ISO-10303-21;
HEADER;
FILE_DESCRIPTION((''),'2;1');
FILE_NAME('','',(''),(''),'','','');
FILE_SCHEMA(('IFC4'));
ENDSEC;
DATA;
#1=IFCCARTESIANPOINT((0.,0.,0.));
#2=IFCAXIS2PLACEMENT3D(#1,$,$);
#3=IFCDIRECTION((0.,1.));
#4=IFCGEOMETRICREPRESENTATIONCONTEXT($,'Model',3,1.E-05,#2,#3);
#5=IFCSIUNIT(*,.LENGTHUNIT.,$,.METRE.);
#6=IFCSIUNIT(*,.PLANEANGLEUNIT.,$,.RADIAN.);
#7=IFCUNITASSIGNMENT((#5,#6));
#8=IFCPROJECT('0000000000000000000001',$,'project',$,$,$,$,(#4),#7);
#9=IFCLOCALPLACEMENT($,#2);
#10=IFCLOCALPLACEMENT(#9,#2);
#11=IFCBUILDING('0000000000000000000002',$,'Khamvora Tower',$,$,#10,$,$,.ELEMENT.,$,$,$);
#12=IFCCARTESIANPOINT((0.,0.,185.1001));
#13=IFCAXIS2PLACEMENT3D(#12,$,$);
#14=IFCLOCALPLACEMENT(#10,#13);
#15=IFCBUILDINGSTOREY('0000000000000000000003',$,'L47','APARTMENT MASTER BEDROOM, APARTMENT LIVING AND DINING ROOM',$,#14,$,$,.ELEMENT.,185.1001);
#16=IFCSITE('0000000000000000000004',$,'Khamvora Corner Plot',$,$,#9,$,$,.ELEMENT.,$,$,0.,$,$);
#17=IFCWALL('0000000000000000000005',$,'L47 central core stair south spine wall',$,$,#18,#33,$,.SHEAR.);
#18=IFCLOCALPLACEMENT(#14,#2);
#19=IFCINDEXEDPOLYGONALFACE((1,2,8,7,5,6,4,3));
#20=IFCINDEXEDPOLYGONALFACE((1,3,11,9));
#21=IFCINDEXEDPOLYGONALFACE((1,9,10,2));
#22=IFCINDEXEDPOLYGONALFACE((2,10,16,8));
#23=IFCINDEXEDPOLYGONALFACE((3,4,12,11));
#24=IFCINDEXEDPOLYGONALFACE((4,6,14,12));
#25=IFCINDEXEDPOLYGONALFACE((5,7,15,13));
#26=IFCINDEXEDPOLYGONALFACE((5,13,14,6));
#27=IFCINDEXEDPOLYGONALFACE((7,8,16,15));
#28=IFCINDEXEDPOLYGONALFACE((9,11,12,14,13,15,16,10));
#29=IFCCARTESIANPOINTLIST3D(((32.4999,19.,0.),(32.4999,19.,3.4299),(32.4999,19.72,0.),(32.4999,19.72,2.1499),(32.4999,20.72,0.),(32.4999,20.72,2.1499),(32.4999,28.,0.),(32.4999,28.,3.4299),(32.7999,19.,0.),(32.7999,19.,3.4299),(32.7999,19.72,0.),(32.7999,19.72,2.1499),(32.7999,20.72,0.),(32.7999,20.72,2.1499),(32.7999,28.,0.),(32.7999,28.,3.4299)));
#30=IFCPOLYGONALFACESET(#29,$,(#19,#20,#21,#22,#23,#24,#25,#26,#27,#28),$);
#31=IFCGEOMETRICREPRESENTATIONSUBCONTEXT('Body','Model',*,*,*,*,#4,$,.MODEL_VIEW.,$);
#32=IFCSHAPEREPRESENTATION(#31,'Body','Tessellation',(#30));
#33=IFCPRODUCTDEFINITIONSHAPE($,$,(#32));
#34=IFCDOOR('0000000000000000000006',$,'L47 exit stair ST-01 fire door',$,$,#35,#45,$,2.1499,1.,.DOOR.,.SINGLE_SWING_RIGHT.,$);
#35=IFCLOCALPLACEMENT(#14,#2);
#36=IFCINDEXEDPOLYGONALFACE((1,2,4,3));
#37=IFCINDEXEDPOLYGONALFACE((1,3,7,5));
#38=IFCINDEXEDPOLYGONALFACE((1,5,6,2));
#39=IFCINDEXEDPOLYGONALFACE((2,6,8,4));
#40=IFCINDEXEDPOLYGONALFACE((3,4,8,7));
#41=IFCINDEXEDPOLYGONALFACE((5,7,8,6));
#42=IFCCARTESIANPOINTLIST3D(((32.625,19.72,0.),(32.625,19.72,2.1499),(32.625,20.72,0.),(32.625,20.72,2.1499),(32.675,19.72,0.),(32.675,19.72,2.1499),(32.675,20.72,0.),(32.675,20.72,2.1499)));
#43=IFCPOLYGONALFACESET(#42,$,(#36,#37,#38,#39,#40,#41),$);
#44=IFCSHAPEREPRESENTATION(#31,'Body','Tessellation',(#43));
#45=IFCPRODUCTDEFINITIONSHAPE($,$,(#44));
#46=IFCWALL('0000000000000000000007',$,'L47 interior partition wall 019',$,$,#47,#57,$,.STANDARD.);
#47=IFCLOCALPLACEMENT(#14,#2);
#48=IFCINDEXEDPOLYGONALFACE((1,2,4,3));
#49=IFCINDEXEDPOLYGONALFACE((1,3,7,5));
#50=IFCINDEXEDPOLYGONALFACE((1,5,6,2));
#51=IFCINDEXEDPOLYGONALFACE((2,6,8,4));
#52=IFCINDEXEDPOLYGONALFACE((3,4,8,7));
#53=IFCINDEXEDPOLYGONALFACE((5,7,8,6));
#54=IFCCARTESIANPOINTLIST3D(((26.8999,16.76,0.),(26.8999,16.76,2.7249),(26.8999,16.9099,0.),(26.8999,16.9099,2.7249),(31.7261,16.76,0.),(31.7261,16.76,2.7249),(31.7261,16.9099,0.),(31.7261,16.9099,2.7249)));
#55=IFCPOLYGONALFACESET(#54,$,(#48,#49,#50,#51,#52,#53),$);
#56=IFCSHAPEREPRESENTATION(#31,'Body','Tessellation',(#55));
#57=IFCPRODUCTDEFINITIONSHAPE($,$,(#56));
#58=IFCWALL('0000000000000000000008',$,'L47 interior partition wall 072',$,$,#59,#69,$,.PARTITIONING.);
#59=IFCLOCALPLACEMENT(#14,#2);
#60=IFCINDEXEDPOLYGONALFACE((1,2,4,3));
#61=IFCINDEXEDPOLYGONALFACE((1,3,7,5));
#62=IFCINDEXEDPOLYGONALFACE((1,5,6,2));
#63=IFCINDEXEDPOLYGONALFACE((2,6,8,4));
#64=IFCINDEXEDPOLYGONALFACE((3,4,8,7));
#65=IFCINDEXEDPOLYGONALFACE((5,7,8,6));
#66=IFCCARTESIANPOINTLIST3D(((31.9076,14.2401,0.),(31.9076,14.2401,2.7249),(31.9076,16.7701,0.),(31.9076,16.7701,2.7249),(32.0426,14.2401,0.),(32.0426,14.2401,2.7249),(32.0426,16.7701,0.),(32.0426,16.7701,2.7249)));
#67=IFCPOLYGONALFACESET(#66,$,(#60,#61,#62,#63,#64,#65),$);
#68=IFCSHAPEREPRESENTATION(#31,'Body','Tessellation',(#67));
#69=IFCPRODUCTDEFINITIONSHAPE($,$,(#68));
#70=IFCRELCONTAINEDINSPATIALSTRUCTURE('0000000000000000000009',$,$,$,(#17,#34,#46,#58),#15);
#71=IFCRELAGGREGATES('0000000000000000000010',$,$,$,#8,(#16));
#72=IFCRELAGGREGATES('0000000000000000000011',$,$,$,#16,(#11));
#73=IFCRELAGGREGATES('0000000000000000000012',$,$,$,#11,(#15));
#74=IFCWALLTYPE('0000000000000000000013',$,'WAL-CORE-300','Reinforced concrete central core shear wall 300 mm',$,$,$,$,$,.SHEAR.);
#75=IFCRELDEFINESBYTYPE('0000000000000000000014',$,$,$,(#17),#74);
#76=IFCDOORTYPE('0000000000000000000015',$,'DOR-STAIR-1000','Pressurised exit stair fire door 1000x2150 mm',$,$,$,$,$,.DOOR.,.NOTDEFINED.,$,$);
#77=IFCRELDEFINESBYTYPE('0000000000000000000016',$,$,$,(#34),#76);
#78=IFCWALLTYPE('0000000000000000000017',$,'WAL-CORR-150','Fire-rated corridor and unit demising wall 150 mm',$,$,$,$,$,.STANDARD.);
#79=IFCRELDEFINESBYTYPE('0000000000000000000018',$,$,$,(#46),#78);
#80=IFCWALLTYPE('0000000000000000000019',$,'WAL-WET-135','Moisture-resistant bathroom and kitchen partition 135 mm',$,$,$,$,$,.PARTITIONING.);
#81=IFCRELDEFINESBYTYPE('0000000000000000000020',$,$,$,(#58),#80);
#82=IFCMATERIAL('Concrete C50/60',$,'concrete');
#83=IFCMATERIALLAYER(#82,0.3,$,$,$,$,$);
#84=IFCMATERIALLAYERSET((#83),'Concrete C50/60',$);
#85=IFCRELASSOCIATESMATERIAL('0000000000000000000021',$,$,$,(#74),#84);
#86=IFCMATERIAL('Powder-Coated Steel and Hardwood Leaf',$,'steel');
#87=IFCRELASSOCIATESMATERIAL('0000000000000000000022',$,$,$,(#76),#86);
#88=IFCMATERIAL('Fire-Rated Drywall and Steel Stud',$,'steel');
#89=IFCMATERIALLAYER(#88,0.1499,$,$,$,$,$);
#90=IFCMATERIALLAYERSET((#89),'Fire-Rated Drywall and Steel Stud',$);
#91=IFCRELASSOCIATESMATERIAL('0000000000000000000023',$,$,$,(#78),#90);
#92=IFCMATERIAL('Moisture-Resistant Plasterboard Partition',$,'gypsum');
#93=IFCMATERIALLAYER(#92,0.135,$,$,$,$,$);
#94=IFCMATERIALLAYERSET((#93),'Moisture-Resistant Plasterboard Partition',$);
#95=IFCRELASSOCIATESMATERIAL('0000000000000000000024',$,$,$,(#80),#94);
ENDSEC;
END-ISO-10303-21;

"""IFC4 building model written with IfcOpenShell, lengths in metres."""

from ifc_helpers import new_model, si_unit, direction, frame, frame_2d, origin, place, context, subcontext, project, spatial, rectangle, extrude, material, layer, layer_set, type_object, element, fill, save


model = new_model("IFC4")

# Units and contexts
model_context = context("Model", 3, precision=1e-05, world=origin(), true_north=direction((0.0, 1.0)))
body_context = subcontext(model_context, "Body", "Model", "MODEL_VIEW")
ifc_project = project(units=[si_unit("LENGTHUNIT", "METRE"), si_unit("PLANEANGLEUNIT", "RADIAN")], contexts=[model_context])

# Site, building, storey
site_placement = place(None, origin())
site = spatial("IfcSite", under=ifc_project, at=site_placement, Name="Khamvora Corner Plot", CompositionType="ELEMENT", RefElevation=0.0)
building_placement = place(site_placement, origin())
building = spatial("IfcBuilding", under=site, at=building_placement, Name="Khamvora Tower", CompositionType="ELEMENT")
storey_placement = place(building_placement, frame((0.0, 0.0, 185.1001)))
storey = spatial("IfcBuildingStorey", under=building, at=storey_placement, Name="L47", Description="APARTMENT MASTER BEDROOM, APARTMENT LIVING AND DINING ROOM", CompositionType="ELEMENT", Elevation=185.1001)

# Shared definitions
ifc_material_1 = material(Name="Concrete C50/60", Category="concrete")
ifc_layer_1 = layer(ifc_material_1, 0.3)
ifc_layer_set_1 = layer_set([ifc_layer_1], Name="Concrete C50/60")
wall_type_1 = type_object("IfcWallType", Name="WAL-CORE-300", Description="Reinforced concrete central core shear wall 300 mm", PredefinedType="SHEAR", material=ifc_layer_set_1)

# Wall, opening, door
ifc_material_2 = material(Name="Powder-Coated Steel and Hardwood Leaf", Category="steel")
wall_1_placement = place(storey_placement, frame((32.6499, 19.0, 0.0), z_axis=(0.0, 0.0, 1.0), x_axis=(0.0, 1.0, 0.0)))
wall_1 = element("IfcWall", 1, at=wall_1_placement, inside=storey, type_object=wall_type_1, Name="L47 central core stair south spine wall", PredefinedType="SHEAR", context=body_context, shape_type="SweptSolid", body=[
    extrude(rectangle(XDim=9.0, YDim=0.3, at=frame_2d((4.5, 0.0))), origin(), (0.0, 0.0, 1.0), 3.4299),
])
opening_1_placement = place(wall_1_placement, frame((0.72, 0.0, 0.0)))
opening_1 = element("IfcOpeningElement", 2, at=opening_1_placement, cuts=wall_1, PredefinedType="OPENING", context=body_context, shape_type="SweptSolid", body=[
    extrude(rectangle(XDim=1.0, YDim=2.1499, at=frame_2d((0.5, 1.075))), frame((0.0, 0.1599, 0.0), z_axis=(0.0, -1.0, 0.0), x_axis=(1.0, 0.0, 0.0)), (0.0, 0.0, 1.0), 0.3201),
])
door_type_1 = type_object("IfcDoorType", Name="DOR-STAIR-1000", Description="Pressurised exit stair fire door 1000x2150 mm", OperationType="NOTDEFINED", PredefinedType="DOOR", material=ifc_material_2)
door_1_placement = place(opening_1_placement, origin())
door_1 = element("IfcDoor", 3, at=door_1_placement, inside=storey, type_object=door_type_1, Name="L47 exit stair ST-01 fire door", OperationType="SINGLE_SWING_RIGHT", OverallHeight=2.1499, OverallWidth=1.0, PredefinedType="DOOR", context=body_context, shape_type="SweptSolid", body=[
    extrude(rectangle(XDim=1.0, YDim=2.1499, at=frame_2d((0.5, 1.075))), frame((0.0, 0.0249, 0.0), z_axis=(0.0, -1.0, 0.0), x_axis=(1.0, 0.0, 0.0)), (0.0, 0.0, 1.0), 0.05),
])
fill(opening_1, door_1)

# Walls
ifc_material_3 = material(Name="Fire-Rated Drywall and Steel Stud", Category="steel")
ifc_layer_2 = layer(ifc_material_3, 0.1499)
ifc_layer_set_2 = layer_set([ifc_layer_2], Name="Fire-Rated Drywall and Steel Stud")
wall_type_2 = type_object("IfcWallType", Name="WAL-CORR-150", Description="Fire-rated corridor and unit demising wall 150 mm", PredefinedType="STANDARD", material=ifc_layer_set_2)
wall_2_placement = place(storey_placement, frame((31.7261, 16.835, 0.0), z_axis=(0.0, 0.0, 1.0), x_axis=(-1.0, 0.0, 0.0)))
element("IfcWall", 4, at=wall_2_placement, inside=storey, type_object=wall_type_2, Name="L47 interior partition wall 019", PredefinedType="STANDARD", context=body_context, shape_type="SweptSolid", body=[
    extrude(rectangle(XDim=4.8262, YDim=0.1499, at=frame_2d((2.4131, 0.0))), origin(), (0.0, 0.0, 1.0), 2.7249),
])
ifc_material_4 = material(Name="Moisture-Resistant Plasterboard Partition", Category="gypsum")
ifc_layer_3 = layer(ifc_material_4, 0.135)
ifc_layer_set_3 = layer_set([ifc_layer_3], Name="Moisture-Resistant Plasterboard Partition")
wall_type_3 = type_object("IfcWallType", Name="WAL-WET-135", Description="Moisture-resistant bathroom and kitchen partition 135 mm", PredefinedType="PARTITIONING", material=ifc_layer_set_3)
wall_3_placement = place(storey_placement, frame((31.9751, 14.24, 0.0), z_axis=(0.0, 0.0, 1.0), x_axis=(0.0, 1.0, 0.0)))
element("IfcWall", 5, at=wall_3_placement, inside=storey, type_object=wall_type_3, Name="L47 interior partition wall 072", PredefinedType="PARTITIONING", context=body_context, shape_type="SweptSolid", body=[
    extrude(rectangle(XDim=2.53, YDim=0.135, at=frame_2d((1.2651, 0.0))), origin(), (0.0, 0.0, 1.0), 2.7249),
])

save(model, "model.ifc")
